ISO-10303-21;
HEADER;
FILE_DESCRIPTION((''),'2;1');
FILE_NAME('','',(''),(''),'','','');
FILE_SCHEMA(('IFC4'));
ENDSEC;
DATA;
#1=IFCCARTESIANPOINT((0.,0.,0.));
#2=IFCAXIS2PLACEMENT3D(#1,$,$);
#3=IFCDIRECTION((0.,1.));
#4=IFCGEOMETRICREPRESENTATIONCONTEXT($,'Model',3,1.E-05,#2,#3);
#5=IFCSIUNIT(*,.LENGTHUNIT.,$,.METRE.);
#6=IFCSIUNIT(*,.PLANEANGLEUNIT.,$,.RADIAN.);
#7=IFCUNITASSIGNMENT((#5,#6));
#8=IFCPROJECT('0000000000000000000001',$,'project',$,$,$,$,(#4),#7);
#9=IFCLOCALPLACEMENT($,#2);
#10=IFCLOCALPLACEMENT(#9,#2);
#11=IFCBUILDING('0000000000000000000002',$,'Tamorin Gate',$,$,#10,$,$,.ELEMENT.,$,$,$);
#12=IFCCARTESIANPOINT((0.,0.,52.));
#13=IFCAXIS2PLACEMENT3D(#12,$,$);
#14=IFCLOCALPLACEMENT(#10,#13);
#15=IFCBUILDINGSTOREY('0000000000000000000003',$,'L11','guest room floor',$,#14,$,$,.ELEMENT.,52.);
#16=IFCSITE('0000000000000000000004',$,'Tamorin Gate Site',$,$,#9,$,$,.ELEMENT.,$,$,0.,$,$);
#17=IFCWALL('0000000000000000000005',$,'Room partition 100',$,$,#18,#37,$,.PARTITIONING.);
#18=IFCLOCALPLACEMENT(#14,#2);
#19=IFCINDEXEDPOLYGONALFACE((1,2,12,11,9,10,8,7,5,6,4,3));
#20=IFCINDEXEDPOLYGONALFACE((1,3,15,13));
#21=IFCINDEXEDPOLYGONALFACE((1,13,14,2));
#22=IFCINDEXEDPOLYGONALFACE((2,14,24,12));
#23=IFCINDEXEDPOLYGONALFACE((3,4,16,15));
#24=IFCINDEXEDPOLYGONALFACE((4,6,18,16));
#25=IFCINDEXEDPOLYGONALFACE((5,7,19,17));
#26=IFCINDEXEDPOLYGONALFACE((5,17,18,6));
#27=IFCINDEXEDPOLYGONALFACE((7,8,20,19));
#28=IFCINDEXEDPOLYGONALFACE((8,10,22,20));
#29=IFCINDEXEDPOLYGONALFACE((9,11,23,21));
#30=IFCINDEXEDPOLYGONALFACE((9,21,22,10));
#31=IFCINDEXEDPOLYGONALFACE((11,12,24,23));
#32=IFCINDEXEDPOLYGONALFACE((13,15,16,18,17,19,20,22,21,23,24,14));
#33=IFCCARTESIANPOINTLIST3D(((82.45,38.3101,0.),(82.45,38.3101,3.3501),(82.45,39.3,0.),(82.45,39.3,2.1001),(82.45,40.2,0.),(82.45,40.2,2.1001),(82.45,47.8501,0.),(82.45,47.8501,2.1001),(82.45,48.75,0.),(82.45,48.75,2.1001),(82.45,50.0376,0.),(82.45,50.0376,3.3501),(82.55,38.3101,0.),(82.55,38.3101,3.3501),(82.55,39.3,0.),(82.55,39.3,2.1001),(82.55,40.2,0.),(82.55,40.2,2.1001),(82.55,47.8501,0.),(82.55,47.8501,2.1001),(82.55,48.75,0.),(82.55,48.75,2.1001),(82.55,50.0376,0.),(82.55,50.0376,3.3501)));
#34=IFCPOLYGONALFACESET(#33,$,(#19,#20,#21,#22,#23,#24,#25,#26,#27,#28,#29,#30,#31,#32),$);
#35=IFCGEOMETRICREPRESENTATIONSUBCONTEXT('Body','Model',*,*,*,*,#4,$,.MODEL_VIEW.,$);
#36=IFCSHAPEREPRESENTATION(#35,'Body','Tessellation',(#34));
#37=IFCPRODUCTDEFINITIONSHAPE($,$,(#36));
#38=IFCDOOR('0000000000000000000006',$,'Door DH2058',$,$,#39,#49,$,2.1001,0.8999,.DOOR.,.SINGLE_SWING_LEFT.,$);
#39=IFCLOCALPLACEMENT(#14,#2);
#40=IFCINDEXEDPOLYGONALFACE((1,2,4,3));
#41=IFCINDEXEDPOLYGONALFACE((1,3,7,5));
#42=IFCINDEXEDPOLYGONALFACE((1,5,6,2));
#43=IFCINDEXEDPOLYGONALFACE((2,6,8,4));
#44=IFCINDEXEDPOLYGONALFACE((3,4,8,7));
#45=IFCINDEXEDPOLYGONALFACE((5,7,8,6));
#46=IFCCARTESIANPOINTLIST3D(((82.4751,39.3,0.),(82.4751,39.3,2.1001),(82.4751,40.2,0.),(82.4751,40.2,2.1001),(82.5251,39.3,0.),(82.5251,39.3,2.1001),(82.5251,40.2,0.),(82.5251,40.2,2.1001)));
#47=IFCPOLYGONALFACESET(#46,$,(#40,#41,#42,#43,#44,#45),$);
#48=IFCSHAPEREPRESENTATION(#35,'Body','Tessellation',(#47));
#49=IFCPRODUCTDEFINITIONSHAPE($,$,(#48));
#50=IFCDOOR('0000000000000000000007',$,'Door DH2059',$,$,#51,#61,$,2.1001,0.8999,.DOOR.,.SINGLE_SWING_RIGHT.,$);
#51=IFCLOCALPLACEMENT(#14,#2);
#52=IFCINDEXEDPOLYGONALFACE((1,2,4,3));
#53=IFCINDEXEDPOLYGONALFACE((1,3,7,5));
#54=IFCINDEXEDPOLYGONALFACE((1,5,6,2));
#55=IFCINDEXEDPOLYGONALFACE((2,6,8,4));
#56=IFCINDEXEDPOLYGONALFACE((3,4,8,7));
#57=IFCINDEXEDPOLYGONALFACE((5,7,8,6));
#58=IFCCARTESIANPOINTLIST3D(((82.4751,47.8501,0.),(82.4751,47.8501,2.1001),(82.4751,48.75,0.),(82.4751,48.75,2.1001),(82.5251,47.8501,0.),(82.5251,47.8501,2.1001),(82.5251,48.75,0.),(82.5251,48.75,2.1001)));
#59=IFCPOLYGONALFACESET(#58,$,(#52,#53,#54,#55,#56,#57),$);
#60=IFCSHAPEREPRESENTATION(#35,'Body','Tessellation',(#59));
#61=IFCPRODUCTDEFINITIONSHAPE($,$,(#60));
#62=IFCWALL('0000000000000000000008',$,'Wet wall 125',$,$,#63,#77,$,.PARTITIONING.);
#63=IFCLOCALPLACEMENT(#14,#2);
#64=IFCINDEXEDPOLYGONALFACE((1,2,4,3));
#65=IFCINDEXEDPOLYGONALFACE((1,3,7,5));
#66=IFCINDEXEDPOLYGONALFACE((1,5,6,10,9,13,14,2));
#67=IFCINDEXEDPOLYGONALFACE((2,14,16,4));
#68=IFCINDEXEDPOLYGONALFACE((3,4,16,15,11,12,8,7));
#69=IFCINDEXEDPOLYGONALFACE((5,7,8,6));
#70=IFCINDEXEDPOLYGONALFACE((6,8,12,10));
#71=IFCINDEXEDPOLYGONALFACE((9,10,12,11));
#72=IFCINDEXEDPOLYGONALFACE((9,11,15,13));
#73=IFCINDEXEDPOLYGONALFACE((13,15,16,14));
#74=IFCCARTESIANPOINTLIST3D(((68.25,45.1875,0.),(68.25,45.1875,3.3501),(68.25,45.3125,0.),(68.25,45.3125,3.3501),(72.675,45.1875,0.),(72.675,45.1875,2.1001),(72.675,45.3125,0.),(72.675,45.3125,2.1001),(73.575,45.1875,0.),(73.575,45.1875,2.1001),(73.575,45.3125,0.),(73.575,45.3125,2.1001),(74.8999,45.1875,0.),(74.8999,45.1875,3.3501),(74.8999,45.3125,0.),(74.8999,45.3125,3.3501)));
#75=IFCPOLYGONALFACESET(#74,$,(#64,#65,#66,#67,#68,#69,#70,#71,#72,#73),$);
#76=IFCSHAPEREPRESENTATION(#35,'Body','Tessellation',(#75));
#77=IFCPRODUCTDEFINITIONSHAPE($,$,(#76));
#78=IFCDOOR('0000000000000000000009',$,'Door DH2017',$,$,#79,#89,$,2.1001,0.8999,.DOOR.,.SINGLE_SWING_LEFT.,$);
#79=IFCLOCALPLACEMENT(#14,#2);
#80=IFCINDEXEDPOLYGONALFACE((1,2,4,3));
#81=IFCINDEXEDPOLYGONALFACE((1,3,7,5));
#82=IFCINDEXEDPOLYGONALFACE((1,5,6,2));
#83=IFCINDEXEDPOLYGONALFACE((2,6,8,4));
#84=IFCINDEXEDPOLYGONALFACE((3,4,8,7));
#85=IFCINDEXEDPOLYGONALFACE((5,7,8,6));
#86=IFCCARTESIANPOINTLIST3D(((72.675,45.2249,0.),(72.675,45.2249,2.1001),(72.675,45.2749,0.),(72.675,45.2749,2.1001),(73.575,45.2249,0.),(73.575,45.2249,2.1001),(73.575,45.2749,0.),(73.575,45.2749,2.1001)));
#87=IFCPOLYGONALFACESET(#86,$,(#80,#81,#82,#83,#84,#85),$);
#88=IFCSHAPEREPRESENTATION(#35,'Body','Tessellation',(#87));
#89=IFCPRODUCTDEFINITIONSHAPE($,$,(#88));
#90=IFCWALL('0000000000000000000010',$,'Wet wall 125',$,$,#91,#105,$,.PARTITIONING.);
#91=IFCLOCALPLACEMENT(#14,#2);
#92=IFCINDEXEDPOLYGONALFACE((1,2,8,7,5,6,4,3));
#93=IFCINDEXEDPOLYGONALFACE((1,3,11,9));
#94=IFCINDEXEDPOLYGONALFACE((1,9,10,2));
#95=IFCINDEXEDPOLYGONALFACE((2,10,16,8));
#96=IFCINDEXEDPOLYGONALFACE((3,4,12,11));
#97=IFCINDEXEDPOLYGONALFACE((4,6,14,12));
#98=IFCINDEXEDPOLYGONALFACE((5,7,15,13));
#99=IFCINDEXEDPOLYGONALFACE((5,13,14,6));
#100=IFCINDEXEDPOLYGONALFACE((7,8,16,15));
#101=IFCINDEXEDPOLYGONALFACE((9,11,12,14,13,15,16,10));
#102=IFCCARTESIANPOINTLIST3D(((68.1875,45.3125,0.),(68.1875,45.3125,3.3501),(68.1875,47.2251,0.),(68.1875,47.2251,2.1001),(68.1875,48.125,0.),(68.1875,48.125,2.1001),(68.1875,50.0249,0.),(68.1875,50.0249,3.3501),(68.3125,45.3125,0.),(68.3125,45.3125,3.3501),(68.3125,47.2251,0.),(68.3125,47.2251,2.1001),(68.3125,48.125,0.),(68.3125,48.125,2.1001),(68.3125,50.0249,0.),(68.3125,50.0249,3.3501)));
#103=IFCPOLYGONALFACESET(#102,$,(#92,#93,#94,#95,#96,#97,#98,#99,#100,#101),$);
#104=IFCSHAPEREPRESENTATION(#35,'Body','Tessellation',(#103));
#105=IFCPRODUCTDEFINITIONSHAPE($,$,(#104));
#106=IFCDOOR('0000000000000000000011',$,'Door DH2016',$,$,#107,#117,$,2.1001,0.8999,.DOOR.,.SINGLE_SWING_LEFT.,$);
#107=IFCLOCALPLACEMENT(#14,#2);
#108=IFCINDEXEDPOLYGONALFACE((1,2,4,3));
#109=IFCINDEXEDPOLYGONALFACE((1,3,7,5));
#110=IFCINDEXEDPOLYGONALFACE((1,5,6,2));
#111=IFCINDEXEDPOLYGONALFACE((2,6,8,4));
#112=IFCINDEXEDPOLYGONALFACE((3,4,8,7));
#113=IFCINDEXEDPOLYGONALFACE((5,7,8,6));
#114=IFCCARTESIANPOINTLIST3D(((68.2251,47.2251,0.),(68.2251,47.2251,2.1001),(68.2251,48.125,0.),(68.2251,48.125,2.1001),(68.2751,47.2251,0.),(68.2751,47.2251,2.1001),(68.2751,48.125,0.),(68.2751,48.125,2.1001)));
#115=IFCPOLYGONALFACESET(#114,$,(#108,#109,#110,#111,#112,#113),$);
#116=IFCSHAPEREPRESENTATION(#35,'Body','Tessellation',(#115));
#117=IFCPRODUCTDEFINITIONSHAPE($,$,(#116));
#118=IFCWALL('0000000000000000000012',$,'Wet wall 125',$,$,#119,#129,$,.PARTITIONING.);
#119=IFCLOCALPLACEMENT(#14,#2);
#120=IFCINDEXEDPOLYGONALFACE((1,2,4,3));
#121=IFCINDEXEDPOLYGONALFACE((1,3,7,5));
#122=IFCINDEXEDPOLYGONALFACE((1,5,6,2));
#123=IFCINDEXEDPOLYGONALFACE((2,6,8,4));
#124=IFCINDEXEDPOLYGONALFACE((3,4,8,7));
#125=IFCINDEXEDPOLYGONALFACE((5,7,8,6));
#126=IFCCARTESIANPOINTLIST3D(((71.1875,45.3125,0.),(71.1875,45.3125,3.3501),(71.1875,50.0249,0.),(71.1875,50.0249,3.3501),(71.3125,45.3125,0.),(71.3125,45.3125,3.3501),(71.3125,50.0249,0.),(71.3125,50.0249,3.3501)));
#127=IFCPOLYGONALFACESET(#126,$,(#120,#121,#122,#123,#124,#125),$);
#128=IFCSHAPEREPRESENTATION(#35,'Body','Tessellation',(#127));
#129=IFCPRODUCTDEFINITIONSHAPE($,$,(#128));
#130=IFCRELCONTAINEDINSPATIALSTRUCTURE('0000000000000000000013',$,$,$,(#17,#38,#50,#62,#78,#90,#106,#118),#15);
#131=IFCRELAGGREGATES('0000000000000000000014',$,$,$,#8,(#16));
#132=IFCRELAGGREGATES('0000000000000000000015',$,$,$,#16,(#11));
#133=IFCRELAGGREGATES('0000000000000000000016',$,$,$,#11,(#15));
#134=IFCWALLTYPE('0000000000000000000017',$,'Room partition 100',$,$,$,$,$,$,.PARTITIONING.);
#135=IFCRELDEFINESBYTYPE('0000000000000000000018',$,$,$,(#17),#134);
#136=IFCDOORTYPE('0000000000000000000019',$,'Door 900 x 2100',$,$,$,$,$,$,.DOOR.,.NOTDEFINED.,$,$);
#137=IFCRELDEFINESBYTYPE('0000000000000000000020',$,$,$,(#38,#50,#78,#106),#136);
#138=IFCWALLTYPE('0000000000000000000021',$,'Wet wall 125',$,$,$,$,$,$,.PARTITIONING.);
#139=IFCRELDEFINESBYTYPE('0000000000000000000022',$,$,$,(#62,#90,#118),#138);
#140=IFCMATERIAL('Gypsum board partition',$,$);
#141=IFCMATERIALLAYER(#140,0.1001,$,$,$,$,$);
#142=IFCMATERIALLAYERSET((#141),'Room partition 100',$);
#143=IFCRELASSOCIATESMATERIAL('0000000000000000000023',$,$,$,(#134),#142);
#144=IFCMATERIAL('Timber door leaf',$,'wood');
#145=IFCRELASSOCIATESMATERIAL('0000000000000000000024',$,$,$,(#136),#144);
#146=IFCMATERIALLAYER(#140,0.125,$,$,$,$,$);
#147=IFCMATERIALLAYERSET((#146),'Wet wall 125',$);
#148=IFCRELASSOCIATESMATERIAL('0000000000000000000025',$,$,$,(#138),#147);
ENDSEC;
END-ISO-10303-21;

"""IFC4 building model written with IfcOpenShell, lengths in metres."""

from ifc_helpers import new_model, si_unit, direction, frame, frame_2d, origin, place, context, subcontext, project, spatial, rectangle, extrude, material, layer, layer_set, type_object, element, fill, save


model = new_model("IFC4")

# Units and contexts
model_context = context("Model", 3, precision=1e-05, world=origin(), true_north=direction((0.0, 1.0)))
body_context = subcontext(model_context, "Body", "Model", "MODEL_VIEW")
ifc_project = project(units=[si_unit("LENGTHUNIT", "METRE"), si_unit("PLANEANGLEUNIT", "RADIAN")], contexts=[model_context])

# Site, building, storey
site_placement = place(None, origin())
site = spatial("IfcSite", under=ifc_project, at=site_placement, Name="Tamorin Gate Site", CompositionType="ELEMENT", RefElevation=0.0)
building_placement = place(site_placement, origin())
building = spatial("IfcBuilding", under=site, at=building_placement, Name="Tamorin Gate", CompositionType="ELEMENT")
storey_placement = place(building_placement, frame((0.0, 0.0, 52.0)))
storey = spatial("IfcBuildingStorey", under=building, at=storey_placement, Name="L11", Description="guest room floor", CompositionType="ELEMENT", Elevation=52.0)

# Shared definitions
ifc_material_1 = material(Name="Gypsum board partition")
ifc_layer_1 = layer(ifc_material_1, 0.1001)
ifc_layer_set_1 = layer_set([ifc_layer_1], Name="Room partition 100")
wall_type_1 = type_object("IfcWallType", Name="Room partition 100", PredefinedType="PARTITIONING", material=ifc_layer_set_1)

# Shared definitions
ifc_material_2 = material(Name="Timber door leaf", Category="wood")
door_type = type_object("IfcDoorType", Name="Door 900 x 2100", OperationType="NOTDEFINED", PredefinedType="DOOR", material=ifc_material_2)

# Wall, openings, doors
wall_1_placement = place(storey_placement, frame((82.5, 38.3101, 0.0), z_axis=(0.0, 0.0, 1.0), x_axis=(0.0, 1.0, 0.0)))
wall_1 = element("IfcWall", 1, at=wall_1_placement, inside=storey, type_object=wall_type_1, Name="Room partition 100", PredefinedType="PARTITIONING", context=body_context, shape_type="SweptSolid", body=[
    extrude(rectangle(XDim=11.7275, YDim=0.1001, at=frame_2d((5.8638, 0.0))), origin(), (0.0, 0.0, 1.0), 3.3501),
])
opening_1_placement = place(wall_1_placement, frame((0.99, 0.0, 0.0)))
opening_1 = element("IfcOpeningElement", 2, at=opening_1_placement, cuts=wall_1, PredefinedType="OPENING", context=body_context, shape_type="SweptSolid", body=[
    extrude(rectangle(XDim=0.8999, YDim=2.1001, at=frame_2d((0.45, 1.05))), frame((0.0, 0.0601, 0.0), z_axis=(0.0, -1.0, 0.0), x_axis=(1.0, 0.0, 0.0)), (0.0, 0.0, 1.0), 0.1201),
])
opening_2_placement = place(wall_1_placement, frame((9.54, 0.0, 0.0)))
opening_2 = element("IfcOpeningElement", 3, at=opening_2_placement, cuts=wall_1, PredefinedType="OPENING", context=body_context, shape_type="SweptSolid", body=[
    extrude(rectangle(XDim=0.8999, YDim=2.1001, at=frame_2d((0.45, 1.05))), frame((0.0, 0.0601, 0.0), z_axis=(0.0, -1.0, 0.0), x_axis=(1.0, 0.0, 0.0)), (0.0, 0.0, 1.0), 0.1201),
])
door_1_placement = place(opening_1_placement, origin())
door_1 = element("IfcDoor", 4, at=door_1_placement, inside=storey, type_object=door_type, Name="Door DH2058", OperationType="SINGLE_SWING_LEFT", OverallHeight=2.1001, OverallWidth=0.8999, PredefinedType="DOOR", context=body_context, shape_type="SweptSolid", body=[
    extrude(rectangle(XDim=0.8999, YDim=2.1001, at=frame_2d((0.45, 1.05))), frame((0.0, 0.0249, 0.0), z_axis=(0.0, -1.0, 0.0), x_axis=(1.0, 0.0, 0.0)), (0.0, 0.0, 1.0), 0.05),
])
fill(opening_1, door_1)
door_2_placement = place(opening_2_placement, origin())
door_2 = element("IfcDoor", 5, at=door_2_placement, inside=storey, type_object=door_type, Name="Door DH2059", OperationType="SINGLE_SWING_RIGHT", OverallHeight=2.1001, OverallWidth=0.8999, PredefinedType="DOOR", context=body_context, shape_type="SweptSolid", body=[
    extrude(rectangle(XDim=0.8999, YDim=2.1001, at=frame_2d((0.45, 1.05))), frame((0.0, 0.0249, 0.0), z_axis=(0.0, -1.0, 0.0), x_axis=(1.0, 0.0, 0.0)), (0.0, 0.0, 1.0), 0.05),
])
fill(opening_2, door_2)

# Walls, openings, doors
ifc_layer_2 = layer(ifc_material_1, 0.125)
ifc_layer_set_2 = layer_set([ifc_layer_2], Name="Wet wall 125")
wall_type_2 = type_object("IfcWallType", Name="Wet wall 125", PredefinedType="PARTITIONING", material=ifc_layer_set_2)
wall_2_placement = place(storey_placement, frame((68.25, 45.25, 0.0), z_axis=(0.0, 0.0, 1.0), x_axis=(1.0, 0.0, 0.0)))
wall_2 = element("IfcWall", 6, at=wall_2_placement, inside=storey, type_object=wall_type_2, Name="Wet wall 125", PredefinedType="PARTITIONING", context=body_context, shape_type="SweptSolid", body=[
    extrude(rectangle(XDim=6.6499, YDim=0.125, at=frame_2d((3.325, 0.0))), origin(), (0.0, 0.0, 1.0), 3.3501),
])
opening_3_placement = place(wall_2_placement, frame((4.425, 0.0, 0.0)))
opening_3 = element("IfcOpeningElement", 7, at=opening_3_placement, cuts=wall_2, PredefinedType="OPENING", context=body_context, shape_type="SweptSolid", body=[
    extrude(rectangle(XDim=0.8999, YDim=2.1001, at=frame_2d((0.45, 1.05))), frame((0.0, 0.0725, 0.0), z_axis=(0.0, -1.0, 0.0), x_axis=(1.0, 0.0, 0.0)), (0.0, 0.0, 1.0), 0.145),
])
door_3_placement = place(opening_3_placement, origin())
door_3 = element("IfcDoor", 8, at=door_3_placement, inside=storey, type_object=door_type, Name="Door DH2017", OperationType="SINGLE_SWING_LEFT", OverallHeight=2.1001, OverallWidth=0.8999, PredefinedType="DOOR", context=body_context, shape_type="SweptSolid", body=[
    extrude(rectangle(XDim=0.8999, YDim=2.1001, at=frame_2d((0.45, 1.05))), frame((0.0, 0.0249, 0.0), z_axis=(0.0, -1.0, 0.0), x_axis=(1.0, 0.0, 0.0)), (0.0, 0.0, 1.0), 0.05),
])
fill(opening_3, door_3)
wall_3_placement = place(storey_placement, frame((68.25, 45.3125, 0.0), z_axis=(0.0, 0.0, 1.0), x_axis=(0.0, 1.0, 0.0)))
wall_3 = element("IfcWall", 9, at=wall_3_placement, inside=storey, type_object=wall_type_2, Name="Wet wall 125", PredefinedType="PARTITIONING", context=body_context, shape_type="SweptSolid", body=[
    extrude(rectangle(XDim=4.7124, YDim=0.125, at=frame_2d((2.3562, 0.0))), origin(), (0.0, 0.0, 1.0), 3.3501),
])
opening_4_placement = place(wall_3_placement, frame((1.9126, 0.0, 0.0)))
opening_4 = element("IfcOpeningElement", 10, at=opening_4_placement, cuts=wall_3, PredefinedType="OPENING", context=body_context, shape_type="SweptSolid", body=[
    extrude(rectangle(XDim=0.8999, YDim=2.1001, at=frame_2d((0.45, 1.05))), frame((0.0, 0.0725, 0.0), z_axis=(0.0, -1.0, 0.0), x_axis=(1.0, 0.0, 0.0)), (0.0, 0.0, 1.0), 0.145),
])
door_4_placement = place(opening_4_placement, origin())
door_4 = element("IfcDoor", 11, at=door_4_placement, inside=storey, type_object=door_type, Name="Door DH2016", OperationType="SINGLE_SWING_LEFT", OverallHeight=2.1001, OverallWidth=0.8999, PredefinedType="DOOR", context=body_context, shape_type="SweptSolid", body=[
    extrude(rectangle(XDim=0.8999, YDim=2.1001, at=frame_2d((0.45, 1.05))), frame((0.0, 0.0249, 0.0), z_axis=(0.0, -1.0, 0.0), x_axis=(1.0, 0.0, 0.0)), (0.0, 0.0, 1.0), 0.05),
])
fill(opening_4, door_4)

# Wall
wall_4_placement = place(storey_placement, frame((71.25, 45.3125, 0.0), z_axis=(0.0, 0.0, 1.0), x_axis=(0.0, 1.0, 0.0)))
element("IfcWall", 12, at=wall_4_placement, inside=storey, type_object=wall_type_2, Name="Wet wall 125", PredefinedType="PARTITIONING", context=body_context, shape_type="SweptSolid", body=[
    extrude(rectangle(XDim=4.7124, YDim=0.125, at=frame_2d((2.3562, 0.0))), origin(), (0.0, 0.0, 1.0), 3.3501),
])

save(model, "model.ifc")
